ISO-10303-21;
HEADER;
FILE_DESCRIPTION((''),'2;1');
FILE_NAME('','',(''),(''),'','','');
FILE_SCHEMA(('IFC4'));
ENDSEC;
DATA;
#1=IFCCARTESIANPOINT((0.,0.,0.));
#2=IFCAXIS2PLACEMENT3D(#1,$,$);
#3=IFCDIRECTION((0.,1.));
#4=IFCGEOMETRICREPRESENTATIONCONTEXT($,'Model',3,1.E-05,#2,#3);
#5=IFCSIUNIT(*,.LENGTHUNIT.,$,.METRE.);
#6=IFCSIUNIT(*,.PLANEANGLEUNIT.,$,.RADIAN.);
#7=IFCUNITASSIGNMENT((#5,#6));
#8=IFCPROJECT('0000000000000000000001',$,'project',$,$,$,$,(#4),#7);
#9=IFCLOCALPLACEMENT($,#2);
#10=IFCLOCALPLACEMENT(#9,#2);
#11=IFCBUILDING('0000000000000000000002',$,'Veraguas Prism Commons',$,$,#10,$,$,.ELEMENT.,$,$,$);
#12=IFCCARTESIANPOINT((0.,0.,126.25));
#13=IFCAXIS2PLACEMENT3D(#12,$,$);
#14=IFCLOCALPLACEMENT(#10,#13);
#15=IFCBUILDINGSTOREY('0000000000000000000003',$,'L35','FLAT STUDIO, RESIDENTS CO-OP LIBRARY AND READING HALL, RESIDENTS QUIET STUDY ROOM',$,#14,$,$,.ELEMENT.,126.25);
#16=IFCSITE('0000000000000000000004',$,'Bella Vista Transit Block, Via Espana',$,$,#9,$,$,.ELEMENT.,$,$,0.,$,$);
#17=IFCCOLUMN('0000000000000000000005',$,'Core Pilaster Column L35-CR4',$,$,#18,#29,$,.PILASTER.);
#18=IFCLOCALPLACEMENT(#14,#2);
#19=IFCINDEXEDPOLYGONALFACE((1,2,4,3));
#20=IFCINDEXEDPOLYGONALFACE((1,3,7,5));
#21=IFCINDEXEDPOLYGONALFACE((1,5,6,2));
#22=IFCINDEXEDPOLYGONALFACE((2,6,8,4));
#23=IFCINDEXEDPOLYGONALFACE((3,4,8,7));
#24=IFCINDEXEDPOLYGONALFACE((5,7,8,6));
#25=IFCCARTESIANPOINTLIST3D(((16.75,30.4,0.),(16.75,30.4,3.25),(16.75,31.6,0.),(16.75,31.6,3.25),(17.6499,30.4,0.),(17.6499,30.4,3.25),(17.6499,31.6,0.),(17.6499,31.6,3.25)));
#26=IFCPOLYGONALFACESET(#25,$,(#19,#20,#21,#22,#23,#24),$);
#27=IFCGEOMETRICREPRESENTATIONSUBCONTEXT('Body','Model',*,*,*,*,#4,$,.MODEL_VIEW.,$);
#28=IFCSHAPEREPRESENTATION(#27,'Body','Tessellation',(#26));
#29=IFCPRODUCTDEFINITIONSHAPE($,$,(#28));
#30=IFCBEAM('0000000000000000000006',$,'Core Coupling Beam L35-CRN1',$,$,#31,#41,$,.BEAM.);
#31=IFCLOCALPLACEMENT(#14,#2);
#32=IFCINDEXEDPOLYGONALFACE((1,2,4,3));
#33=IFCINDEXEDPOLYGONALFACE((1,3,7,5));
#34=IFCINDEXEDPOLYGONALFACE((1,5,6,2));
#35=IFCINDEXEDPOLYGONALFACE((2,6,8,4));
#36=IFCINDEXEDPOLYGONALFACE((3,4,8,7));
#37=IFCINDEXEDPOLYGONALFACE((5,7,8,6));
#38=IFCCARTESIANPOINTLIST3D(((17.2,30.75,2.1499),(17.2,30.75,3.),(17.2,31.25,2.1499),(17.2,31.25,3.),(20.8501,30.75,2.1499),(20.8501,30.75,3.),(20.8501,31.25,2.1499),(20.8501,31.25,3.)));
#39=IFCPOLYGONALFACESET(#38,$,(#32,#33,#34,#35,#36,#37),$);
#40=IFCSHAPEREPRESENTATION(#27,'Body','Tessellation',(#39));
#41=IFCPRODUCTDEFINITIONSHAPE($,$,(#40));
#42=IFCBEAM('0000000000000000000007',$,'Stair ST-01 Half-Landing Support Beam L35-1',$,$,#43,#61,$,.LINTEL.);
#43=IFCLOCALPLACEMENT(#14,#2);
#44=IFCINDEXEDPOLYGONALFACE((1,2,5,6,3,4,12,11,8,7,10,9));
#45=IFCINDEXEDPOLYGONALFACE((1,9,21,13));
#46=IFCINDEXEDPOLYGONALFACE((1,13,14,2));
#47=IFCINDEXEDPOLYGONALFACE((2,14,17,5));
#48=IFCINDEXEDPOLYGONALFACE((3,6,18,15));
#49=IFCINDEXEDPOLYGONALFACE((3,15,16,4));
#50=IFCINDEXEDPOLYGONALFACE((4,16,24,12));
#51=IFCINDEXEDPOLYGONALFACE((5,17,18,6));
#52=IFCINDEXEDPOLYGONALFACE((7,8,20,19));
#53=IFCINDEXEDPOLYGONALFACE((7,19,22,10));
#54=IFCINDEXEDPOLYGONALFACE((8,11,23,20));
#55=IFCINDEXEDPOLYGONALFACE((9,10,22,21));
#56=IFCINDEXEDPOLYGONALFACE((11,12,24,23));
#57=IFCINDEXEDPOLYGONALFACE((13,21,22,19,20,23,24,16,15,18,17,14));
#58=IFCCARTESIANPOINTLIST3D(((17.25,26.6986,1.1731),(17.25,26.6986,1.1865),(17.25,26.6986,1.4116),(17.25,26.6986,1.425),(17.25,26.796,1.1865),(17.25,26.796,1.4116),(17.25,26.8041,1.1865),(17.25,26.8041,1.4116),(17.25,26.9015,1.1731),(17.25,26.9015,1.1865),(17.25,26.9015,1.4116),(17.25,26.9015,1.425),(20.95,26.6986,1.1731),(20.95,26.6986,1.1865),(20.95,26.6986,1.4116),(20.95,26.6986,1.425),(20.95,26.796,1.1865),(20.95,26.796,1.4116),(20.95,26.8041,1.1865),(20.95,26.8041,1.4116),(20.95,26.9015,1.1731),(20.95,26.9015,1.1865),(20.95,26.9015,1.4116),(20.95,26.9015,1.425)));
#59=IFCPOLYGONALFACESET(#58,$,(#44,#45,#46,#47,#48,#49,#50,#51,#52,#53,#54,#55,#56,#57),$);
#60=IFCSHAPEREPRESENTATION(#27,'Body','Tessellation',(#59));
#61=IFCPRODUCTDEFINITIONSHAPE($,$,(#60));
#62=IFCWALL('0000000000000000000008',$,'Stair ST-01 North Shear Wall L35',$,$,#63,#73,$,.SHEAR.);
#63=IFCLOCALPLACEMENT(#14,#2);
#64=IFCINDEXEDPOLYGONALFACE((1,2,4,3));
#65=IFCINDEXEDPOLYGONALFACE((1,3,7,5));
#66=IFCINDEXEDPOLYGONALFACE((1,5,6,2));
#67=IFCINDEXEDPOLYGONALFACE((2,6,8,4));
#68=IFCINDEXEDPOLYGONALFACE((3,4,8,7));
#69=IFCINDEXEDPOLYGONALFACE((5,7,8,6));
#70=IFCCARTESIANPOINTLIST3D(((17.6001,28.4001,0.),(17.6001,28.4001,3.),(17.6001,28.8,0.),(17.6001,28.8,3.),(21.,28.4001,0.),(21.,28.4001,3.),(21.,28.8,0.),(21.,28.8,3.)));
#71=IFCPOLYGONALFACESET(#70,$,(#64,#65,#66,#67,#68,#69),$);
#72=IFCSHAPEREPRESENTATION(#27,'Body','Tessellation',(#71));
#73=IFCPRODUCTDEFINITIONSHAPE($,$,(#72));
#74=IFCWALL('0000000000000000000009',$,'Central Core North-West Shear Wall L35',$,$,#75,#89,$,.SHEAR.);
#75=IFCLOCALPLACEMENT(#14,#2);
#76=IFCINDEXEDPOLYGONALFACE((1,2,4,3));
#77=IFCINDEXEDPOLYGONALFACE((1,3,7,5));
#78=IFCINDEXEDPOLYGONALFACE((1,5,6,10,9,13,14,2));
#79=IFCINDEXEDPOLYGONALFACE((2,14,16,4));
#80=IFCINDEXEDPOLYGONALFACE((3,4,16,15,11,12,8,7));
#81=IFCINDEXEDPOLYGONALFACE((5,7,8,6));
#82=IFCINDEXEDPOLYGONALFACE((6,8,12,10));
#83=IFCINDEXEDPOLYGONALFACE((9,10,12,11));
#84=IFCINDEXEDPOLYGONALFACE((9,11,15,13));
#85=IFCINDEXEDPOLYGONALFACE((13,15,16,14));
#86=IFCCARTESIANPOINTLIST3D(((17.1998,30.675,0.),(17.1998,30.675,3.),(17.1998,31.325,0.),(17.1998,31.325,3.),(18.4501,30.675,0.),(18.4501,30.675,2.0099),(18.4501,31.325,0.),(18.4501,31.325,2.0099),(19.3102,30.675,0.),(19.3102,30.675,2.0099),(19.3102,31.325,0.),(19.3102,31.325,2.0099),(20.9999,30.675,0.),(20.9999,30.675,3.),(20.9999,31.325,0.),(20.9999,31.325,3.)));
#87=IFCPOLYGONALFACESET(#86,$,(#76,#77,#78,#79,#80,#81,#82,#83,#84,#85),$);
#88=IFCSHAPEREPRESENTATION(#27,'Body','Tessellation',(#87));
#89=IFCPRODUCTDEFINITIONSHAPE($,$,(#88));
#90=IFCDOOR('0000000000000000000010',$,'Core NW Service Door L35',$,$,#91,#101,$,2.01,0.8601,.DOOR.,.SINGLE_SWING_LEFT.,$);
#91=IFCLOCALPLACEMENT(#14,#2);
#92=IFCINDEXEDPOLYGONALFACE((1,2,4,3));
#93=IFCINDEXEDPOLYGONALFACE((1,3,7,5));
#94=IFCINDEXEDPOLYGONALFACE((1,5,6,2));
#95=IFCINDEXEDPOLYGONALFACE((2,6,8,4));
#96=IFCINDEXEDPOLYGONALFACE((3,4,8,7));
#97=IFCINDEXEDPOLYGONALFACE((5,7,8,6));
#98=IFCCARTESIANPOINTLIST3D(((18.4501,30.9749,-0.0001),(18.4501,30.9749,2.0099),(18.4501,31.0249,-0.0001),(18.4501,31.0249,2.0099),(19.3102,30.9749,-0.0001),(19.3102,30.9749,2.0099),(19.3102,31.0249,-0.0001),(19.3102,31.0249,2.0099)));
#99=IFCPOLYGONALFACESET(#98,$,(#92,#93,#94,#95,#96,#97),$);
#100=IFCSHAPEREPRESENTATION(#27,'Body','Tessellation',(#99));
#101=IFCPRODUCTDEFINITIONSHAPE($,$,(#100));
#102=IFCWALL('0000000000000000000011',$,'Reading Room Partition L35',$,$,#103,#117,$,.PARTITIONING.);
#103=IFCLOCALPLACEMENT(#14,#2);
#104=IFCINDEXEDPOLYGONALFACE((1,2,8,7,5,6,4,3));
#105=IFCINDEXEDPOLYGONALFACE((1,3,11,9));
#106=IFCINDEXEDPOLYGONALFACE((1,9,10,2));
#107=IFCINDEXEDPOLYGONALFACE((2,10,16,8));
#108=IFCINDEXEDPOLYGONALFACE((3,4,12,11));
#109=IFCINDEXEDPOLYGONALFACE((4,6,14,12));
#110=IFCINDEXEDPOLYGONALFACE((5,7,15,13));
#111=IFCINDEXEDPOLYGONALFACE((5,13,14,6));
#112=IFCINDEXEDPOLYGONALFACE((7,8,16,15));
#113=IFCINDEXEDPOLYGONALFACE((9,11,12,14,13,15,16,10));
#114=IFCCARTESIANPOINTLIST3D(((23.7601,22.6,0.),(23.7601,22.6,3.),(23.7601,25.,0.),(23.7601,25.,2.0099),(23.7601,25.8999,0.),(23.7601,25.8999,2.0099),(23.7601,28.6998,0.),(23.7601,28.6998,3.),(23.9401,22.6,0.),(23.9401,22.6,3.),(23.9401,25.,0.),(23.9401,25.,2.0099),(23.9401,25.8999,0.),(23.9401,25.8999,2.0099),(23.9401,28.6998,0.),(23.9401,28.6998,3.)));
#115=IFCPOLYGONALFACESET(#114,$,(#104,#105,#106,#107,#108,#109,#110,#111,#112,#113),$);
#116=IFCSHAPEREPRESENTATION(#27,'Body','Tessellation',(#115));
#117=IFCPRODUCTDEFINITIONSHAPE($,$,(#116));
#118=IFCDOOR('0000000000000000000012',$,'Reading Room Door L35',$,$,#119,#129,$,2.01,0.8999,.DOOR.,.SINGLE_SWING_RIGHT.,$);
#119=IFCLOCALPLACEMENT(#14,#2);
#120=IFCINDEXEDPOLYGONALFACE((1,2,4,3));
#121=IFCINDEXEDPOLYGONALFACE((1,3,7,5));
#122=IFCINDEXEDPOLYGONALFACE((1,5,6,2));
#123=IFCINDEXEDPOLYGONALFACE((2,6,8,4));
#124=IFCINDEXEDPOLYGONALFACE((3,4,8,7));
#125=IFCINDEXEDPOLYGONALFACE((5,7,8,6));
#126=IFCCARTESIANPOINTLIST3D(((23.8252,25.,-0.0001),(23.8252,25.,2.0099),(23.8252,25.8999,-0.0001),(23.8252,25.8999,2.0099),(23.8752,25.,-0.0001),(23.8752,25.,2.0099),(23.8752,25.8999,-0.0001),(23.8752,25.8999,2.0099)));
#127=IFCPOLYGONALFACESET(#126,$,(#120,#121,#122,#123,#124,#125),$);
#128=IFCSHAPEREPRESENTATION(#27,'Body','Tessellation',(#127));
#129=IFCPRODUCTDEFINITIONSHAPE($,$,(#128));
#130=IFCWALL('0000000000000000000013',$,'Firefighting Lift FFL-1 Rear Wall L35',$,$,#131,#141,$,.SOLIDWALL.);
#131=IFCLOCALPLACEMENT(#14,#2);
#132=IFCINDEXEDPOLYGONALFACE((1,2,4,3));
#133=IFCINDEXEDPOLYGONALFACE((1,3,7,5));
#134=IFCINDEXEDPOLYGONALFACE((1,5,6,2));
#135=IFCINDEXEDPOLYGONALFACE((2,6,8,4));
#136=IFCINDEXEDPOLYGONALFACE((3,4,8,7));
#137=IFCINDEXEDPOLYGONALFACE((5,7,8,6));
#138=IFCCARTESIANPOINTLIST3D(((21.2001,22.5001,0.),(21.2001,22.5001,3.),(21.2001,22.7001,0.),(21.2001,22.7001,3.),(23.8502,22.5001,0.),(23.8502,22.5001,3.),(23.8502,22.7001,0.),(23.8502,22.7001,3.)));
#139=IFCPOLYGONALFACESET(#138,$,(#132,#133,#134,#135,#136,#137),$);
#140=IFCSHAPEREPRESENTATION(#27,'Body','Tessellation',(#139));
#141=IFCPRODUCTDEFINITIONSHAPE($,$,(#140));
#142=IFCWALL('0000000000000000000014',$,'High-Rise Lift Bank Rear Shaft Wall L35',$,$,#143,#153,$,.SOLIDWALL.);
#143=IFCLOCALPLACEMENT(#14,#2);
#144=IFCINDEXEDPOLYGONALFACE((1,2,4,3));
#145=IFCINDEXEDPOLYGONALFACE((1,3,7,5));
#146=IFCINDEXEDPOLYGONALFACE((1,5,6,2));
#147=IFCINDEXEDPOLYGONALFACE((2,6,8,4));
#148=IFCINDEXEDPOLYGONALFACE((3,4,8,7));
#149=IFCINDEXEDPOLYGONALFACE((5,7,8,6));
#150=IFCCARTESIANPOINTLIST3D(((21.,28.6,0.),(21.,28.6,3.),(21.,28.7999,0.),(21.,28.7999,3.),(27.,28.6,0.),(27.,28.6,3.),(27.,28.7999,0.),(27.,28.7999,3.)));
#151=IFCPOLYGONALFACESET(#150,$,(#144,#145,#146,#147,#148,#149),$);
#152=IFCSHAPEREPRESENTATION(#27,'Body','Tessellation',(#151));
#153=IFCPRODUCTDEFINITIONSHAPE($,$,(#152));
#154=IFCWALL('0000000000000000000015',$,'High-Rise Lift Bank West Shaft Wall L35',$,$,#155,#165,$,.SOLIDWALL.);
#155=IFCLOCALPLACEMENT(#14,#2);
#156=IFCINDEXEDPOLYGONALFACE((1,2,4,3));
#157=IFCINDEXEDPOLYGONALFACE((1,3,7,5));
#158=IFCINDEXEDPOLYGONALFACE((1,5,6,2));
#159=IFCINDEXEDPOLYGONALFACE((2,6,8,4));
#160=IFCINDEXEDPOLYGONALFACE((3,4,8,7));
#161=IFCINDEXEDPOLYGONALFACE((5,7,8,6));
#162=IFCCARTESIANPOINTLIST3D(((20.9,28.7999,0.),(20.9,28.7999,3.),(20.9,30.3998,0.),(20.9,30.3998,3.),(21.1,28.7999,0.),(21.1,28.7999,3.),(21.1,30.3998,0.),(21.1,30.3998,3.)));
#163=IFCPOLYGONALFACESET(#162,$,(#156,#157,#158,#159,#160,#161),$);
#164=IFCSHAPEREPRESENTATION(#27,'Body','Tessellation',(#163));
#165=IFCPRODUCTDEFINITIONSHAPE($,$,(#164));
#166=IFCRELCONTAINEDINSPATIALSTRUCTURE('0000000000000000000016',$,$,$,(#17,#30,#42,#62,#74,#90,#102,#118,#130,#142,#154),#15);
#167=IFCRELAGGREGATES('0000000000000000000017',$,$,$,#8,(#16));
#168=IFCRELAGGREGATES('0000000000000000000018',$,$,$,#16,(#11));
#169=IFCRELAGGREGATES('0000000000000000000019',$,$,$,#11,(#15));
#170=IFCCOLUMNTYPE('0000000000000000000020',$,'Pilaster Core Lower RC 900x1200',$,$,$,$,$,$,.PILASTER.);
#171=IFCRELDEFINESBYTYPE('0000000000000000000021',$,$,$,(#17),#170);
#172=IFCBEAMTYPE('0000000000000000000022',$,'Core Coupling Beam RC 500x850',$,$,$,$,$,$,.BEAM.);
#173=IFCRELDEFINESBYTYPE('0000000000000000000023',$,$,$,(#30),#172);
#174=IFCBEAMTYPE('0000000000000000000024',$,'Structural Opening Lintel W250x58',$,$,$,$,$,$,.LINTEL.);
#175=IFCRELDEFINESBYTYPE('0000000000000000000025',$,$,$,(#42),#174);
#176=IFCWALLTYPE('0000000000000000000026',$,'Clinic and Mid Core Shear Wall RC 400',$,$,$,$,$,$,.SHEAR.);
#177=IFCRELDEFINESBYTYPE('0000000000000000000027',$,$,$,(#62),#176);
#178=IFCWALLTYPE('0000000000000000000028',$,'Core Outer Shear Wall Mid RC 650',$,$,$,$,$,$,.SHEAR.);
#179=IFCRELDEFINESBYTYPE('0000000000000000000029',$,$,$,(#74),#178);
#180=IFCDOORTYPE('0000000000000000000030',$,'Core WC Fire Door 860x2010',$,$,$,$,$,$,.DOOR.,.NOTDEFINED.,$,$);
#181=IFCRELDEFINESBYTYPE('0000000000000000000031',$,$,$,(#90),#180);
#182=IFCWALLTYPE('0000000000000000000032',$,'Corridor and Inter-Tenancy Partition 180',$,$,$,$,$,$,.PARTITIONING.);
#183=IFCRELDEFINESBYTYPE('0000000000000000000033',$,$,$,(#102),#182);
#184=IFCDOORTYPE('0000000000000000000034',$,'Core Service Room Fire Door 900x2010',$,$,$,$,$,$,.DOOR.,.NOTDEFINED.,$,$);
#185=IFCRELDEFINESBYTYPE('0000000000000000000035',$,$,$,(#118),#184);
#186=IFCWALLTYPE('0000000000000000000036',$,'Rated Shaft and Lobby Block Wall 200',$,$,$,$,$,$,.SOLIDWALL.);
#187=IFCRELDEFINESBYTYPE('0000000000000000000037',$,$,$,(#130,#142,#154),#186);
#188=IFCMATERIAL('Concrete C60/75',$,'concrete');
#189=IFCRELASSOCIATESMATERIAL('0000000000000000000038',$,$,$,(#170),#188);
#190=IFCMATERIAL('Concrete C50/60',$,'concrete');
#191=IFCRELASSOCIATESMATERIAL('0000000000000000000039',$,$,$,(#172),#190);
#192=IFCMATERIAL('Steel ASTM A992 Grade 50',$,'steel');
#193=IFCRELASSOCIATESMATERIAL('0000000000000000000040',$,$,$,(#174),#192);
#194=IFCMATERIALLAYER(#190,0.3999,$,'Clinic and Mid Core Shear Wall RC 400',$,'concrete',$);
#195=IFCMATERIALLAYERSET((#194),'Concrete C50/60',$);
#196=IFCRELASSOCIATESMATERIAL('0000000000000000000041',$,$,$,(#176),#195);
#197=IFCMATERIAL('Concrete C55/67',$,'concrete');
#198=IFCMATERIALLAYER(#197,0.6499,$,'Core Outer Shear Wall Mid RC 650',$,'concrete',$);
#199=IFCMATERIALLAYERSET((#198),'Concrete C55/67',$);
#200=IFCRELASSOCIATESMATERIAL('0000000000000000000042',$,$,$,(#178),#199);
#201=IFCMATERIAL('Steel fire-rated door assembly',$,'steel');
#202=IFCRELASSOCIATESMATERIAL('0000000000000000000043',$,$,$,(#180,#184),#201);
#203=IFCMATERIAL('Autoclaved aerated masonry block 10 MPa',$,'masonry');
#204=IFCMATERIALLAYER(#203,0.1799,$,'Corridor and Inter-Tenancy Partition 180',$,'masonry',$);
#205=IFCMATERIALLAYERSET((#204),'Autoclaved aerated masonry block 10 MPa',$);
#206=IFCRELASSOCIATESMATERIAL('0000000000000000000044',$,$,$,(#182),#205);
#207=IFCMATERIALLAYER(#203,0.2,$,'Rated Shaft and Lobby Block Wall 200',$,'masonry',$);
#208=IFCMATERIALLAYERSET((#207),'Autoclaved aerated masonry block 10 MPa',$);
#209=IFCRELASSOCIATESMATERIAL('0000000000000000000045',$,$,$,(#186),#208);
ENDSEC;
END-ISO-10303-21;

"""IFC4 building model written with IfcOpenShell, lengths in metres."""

from ifc_helpers import new_model, si_unit, direction, frame, frame_2d, origin, origin_2d, place, context, subcontext, project, spatial, rectangle, i_section, extrude, source, transform, mapped, material, layer, layer_set, material_profile, profile_set, type_object, element, fill, save


model = new_model("IFC4")

# Units and contexts
model_context = context("Model", 3, precision=1e-05, world=origin(), true_north=direction((0.0, 1.0)))
body_context = subcontext(model_context, "Body", "Model", "MODEL_VIEW")
ifc_project = project(units=[si_unit("LENGTHUNIT", "METRE"), si_unit("PLANEANGLEUNIT", "RADIAN")], contexts=[model_context])

# Site, building, storey
site_placement = place(None, origin())
site = spatial("IfcSite", under=ifc_project, at=site_placement, Name="Bella Vista Transit Block, Via Espana", CompositionType="ELEMENT", RefElevation=0.0)
building_placement = place(site_placement, origin())
building = spatial("IfcBuilding", under=site, at=building_placement, Name="Veraguas Prism Commons", CompositionType="ELEMENT")
storey_placement = place(building_placement, frame((0.0, 0.0, 126.25)))
storey = spatial("IfcBuildingStorey", under=building, at=storey_placement, Name="L35", Description="FLAT STUDIO, RESIDENTS CO-OP LIBRARY AND READING HALL, RESIDENTS QUIET STUDY ROOM", CompositionType="ELEMENT", Elevation=126.25)

# Column
ifc_material_1 = material(Name="Concrete C60/75", Category="concrete")
ifc_material_profile_1 = material_profile(ifc_material_1, rectangle(XDim=0.8999, YDim=1.2, at=origin_2d()), Name="RC900X1200")
ifc_profile_set_1 = profile_set([ifc_material_profile_1], Name="Concrete C60/75")
column_type = type_object("IfcColumnType", Name="Pilaster Core Lower RC 900x1200", PredefinedType="PILASTER", material=ifc_profile_set_1)
column_placement = place(storey_placement, frame((17.2, 31.0, 0.0), z_axis=(0.0, 0.0, 1.0), x_axis=(1.0, 0.0, 0.0)))
element("IfcColumn", 1, at=column_placement, inside=storey, type_object=column_type, Name="Core Pilaster Column L35-CR4", PredefinedType="PILASTER", context=body_context, shape_type="SweptSolid", body=[
    extrude(rectangle(XDim=0.8999, YDim=1.2, at=origin_2d()), origin(), (0.0, 0.0, 1.0), 3.25),
])

# Beams
ifc_material_2 = material(Name="Concrete C50/60", Category="concrete")
ifc_material_profile_2 = material_profile(ifc_material_2, rectangle(XDim=0.5, YDim=0.8501, at=origin_2d()), Name="RC500X850")
ifc_profile_set_2 = profile_set([ifc_material_profile_2], Name="Concrete C50/60")
beam_type_1 = type_object("IfcBeamType", Name="Core Coupling Beam RC 500x850", PredefinedType="BEAM", material=ifc_profile_set_2)
beam_1_placement = place(storey_placement, frame((17.2, 31.0, 2.575), z_axis=(1.0, 0.0, 0.0), x_axis=(0.0, 1.0, 0.0)))
element("IfcBeam", 2, at=beam_1_placement, inside=storey, type_object=beam_type_1, Name="Core Coupling Beam L35-CRN1", PredefinedType="BEAM", context=body_context, shape_type="SweptSolid", body=[
    extrude(rectangle(XDim=0.5, YDim=0.8501, at=origin_2d()), origin(), (0.0, 0.0, 1.0), 3.6501),
])
ifc_material_3 = material(Name="Steel ASTM A992 Grade 50", Category="steel")
ifc_material_profile_3 = material_profile(ifc_material_3, i_section(OverallWidth=0.2029, OverallDepth=0.252, WebThickness=0.0081, FlangeThickness=0.0134, at=origin_2d()), Name="W250X58")
ifc_profile_set_3 = profile_set([ifc_material_profile_3], Name="Steel ASTM A992 Grade 50")
beam_type_2 = type_object("IfcBeamType", Name="Structural Opening Lintel W250x58", PredefinedType="LINTEL", material=ifc_profile_set_3)
beam_2_placement = place(storey_placement, frame((17.25, 26.8, 1.2991), z_axis=(1.0, 0.0, 0.0), x_axis=(0.0, 1.0, 0.0)))
element("IfcBeam", 3, at=beam_2_placement, inside=storey, type_object=beam_type_2, Name="Stair ST-01 Half-Landing Support Beam L35-1", PredefinedType="LINTEL", context=body_context, shape_type="SweptSolid", body=[
    extrude(i_section(OverallWidth=0.2029, OverallDepth=0.252, WebThickness=0.0081, FlangeThickness=0.0134, at=origin_2d()), origin(), (0.0, 0.0, 1.0), 3.7),
])

# Wall
ifc_layer_1 = layer(ifc_material_2, 0.3999, Name="Clinic and Mid Core Shear Wall RC 400", Category="concrete")
ifc_layer_set_1 = layer_set([ifc_layer_1], Name="Concrete C50/60")
wall_type_1 = type_object("IfcWallType", Name="Clinic and Mid Core Shear Wall RC 400", PredefinedType="SHEAR", material=ifc_layer_set_1)
wall_1_placement = place(storey_placement, frame((17.6001, 28.6001, 0.0), z_axis=(0.0, 0.0, 1.0), x_axis=(1.0, 0.0, 0.0)))
element("IfcWall", 4, at=wall_1_placement, inside=storey, type_object=wall_type_1, Name="Stair ST-01 North Shear Wall L35", PredefinedType="SHEAR", context=body_context, shape_type="SweptSolid", body=[
    extrude(rectangle(XDim=3.3999, YDim=0.3999, at=frame_2d((1.7, 0.0))), origin(), (0.0, 0.0, 1.0), 3.0),
])

# Walls, openings, doors
ifc_material_4 = material(Name="Concrete C55/67", Category="concrete")
ifc_layer_2 = layer(ifc_material_4, 0.6499, Name="Core Outer Shear Wall Mid RC 650", Category="concrete")
ifc_layer_set_2 = layer_set([ifc_layer_2], Name="Concrete C55/67")
wall_type_2 = type_object("IfcWallType", Name="Core Outer Shear Wall Mid RC 650", PredefinedType="SHEAR", material=ifc_layer_set_2)
wall_2_placement = place(storey_placement, frame((17.2, 31.0, 0.0), z_axis=(0.0, 0.0, 1.0), x_axis=(1.0, 0.0, 0.0)))
wall_2 = element("IfcWall", 5, at=wall_2_placement, inside=storey, type_object=wall_type_2, Name="Central Core North-West Shear Wall L35", PredefinedType="SHEAR", context=body_context, shape_type="SweptSolid", body=[
    extrude(rectangle(XDim=3.8, YDim=0.6499, at=frame_2d((1.8999, 0.0))), origin(), (0.0, 0.0, 1.0), 3.0),
])
opening_1_placement = place(wall_2_placement, frame((1.25, 0.0, 0.0)))
opening_1 = element("IfcOpeningElement", 6, at=opening_1_placement, cuts=wall_2, PredefinedType="OPENING", context=body_context, shape_type="SweptSolid", body=[
    extrude(rectangle(XDim=0.8601, YDim=2.01, at=frame_2d((0.4302, 1.0049))), frame((0.0, 0.335, 0.0), z_axis=(0.0, -1.0, 0.0), x_axis=(1.0, 0.0, 0.0)), (0.0, 0.0, 1.0), 0.6699),
])
ifc_material_5 = material(Name="Steel fire-rated door assembly", Category="steel")
door_type_1 = type_object("IfcDoorType", Name="Core WC Fire Door 860x2010", OperationType="NOTDEFINED", PredefinedType="DOOR", material=ifc_material_5)
shared_shape_1 = source(origin(), body_context, "Body", "SweptSolid", [
    extrude(rectangle(XDim=0.8601, YDim=2.01, at=frame_2d((0.4302, 1.0049))), frame((0.0, 0.0249, 0.0), z_axis=(0.0, -1.0, 0.0), x_axis=(1.0, 0.0, 0.0)), (0.0, 0.0, 1.0), 0.05),
])
door_1_placement = place(opening_1_placement, origin())
door_1 = element("IfcDoor", 7, at=door_1_placement, inside=storey, type_object=door_type_1, Name="Core NW Service Door L35", OperationType="SINGLE_SWING_LEFT", OverallHeight=2.01, OverallWidth=0.8601, PredefinedType="DOOR", context=body_context, shape_type="MappedRepresentation", body=[
    mapped(shared_shape_1, transform((0.0, 0.0, 0.0), scale=1.0)),
])
fill(opening_1, door_1)
ifc_material_6 = material(Name="Autoclaved aerated masonry block 10 MPa", Category="masonry")
ifc_layer_3 = layer(ifc_material_6, 0.1799, Name="Corridor and Inter-Tenancy Partition 180", Category="masonry")
ifc_layer_set_3 = layer_set([ifc_layer_3], Name="Autoclaved aerated masonry block 10 MPa")
wall_type_3 = type_object("IfcWallType", Name="Corridor and Inter-Tenancy Partition 180", PredefinedType="PARTITIONING", material=ifc_layer_set_3)
wall_3_placement = place(storey_placement, frame((23.8501, 22.6001, 0.0), z_axis=(0.0, 0.0, 1.0), x_axis=(0.0, 1.0, 0.0)))
wall_3 = element("IfcWall", 8, at=wall_3_placement, inside=storey, type_object=wall_type_3, Name="Reading Room Partition L35", PredefinedType="PARTITIONING", context=body_context, shape_type="SweptSolid", body=[
    extrude(rectangle(XDim=6.0999, YDim=0.1799, at=frame_2d((3.0498, 0.0))), origin(), (0.0, 0.0, 1.0), 3.0),
])
opening_2_placement = place(wall_3_placement, frame((2.3999, 0.0, 0.0)))
opening_2 = element("IfcOpeningElement", 9, at=opening_2_placement, cuts=wall_3, PredefinedType="OPENING", context=body_context, shape_type="SweptSolid", body=[
    extrude(rectangle(XDim=0.8999, YDim=2.01, at=frame_2d((0.45, 1.0049))), frame((0.0, 0.0999, 0.0), z_axis=(0.0, -1.0, 0.0), x_axis=(1.0, 0.0, 0.0)), (0.0, 0.0, 1.0), 0.2),
])
door_type_2 = type_object("IfcDoorType", Name="Core Service Room Fire Door 900x2010", OperationType="NOTDEFINED", PredefinedType="DOOR", material=ifc_material_5)
shared_shape_2 = source(origin(), body_context, "Body", "SweptSolid", [
    extrude(rectangle(XDim=0.8999, YDim=2.01, at=frame_2d((0.45, 1.0049))), frame((0.0, 0.0249, 0.0), z_axis=(0.0, -1.0, 0.0), x_axis=(1.0, 0.0, 0.0)), (0.0, 0.0, 1.0), 0.05),
])
door_2_placement = place(opening_2_placement, origin())
door_2 = element("IfcDoor", 10, at=door_2_placement, inside=storey, type_object=door_type_2, Name="Reading Room Door L35", OperationType="SINGLE_SWING_RIGHT", OverallHeight=2.01, OverallWidth=0.8999, PredefinedType="DOOR", context=body_context, shape_type="MappedRepresentation", body=[
    mapped(shared_shape_2, transform((0.0, 0.0, 0.0), scale=1.0)),
])
fill(opening_2, door_2)

# Walls
ifc_layer_4 = layer(ifc_material_6, 0.2, Name="Rated Shaft and Lobby Block Wall 200", Category="masonry")
ifc_layer_set_4 = layer_set([ifc_layer_4], Name="Autoclaved aerated masonry block 10 MPa")
wall_type_4 = type_object("IfcWallType", Name="Rated Shaft and Lobby Block Wall 200", PredefinedType="SOLIDWALL", material=ifc_layer_set_4)
wall_4_placement = place(storey_placement, frame((21.2, 22.6001, 0.0), z_axis=(0.0, 0.0, 1.0), x_axis=(1.0, 0.0, 0.0)))
element("IfcWall", 11, at=wall_4_placement, inside=storey, type_object=wall_type_4, Name="Firefighting Lift FFL-1 Rear Wall L35", PredefinedType="SOLIDWALL", context=body_context, shape_type="SweptSolid", body=[
    extrude(rectangle(XDim=2.6501, YDim=0.2, at=frame_2d((1.3252, 0.0))), origin(), (0.0, 0.0, 1.0), 3.0),
])
wall_5_placement = place(storey_placement, frame((21.0, 28.7, 0.0), z_axis=(0.0, 0.0, 1.0), x_axis=(1.0, 0.0, 0.0)))
element("IfcWall", 12, at=wall_5_placement, inside=storey, type_object=wall_type_4, Name="High-Rise Lift Bank Rear Shaft Wall L35", PredefinedType="SOLIDWALL", context=body_context, shape_type="SweptSolid", body=[
    extrude(rectangle(XDim=6.0, YDim=0.2, at=frame_2d((3.0, 0.0))), origin(), (0.0, 0.0, 1.0), 3.0),
])
wall_6_placement = place(storey_placement, frame((21.0, 28.8, 0.0), z_axis=(0.0, 0.0, 1.0), x_axis=(0.0, 1.0, 0.0)))
element("IfcWall", 13, at=wall_6_placement, inside=storey, type_object=wall_type_4, Name="High-Rise Lift Bank West Shaft Wall L35", PredefinedType="SOLIDWALL", context=body_context, shape_type="SweptSolid", body=[
    extrude(rectangle(XDim=1.5999, YDim=0.2, at=frame_2d((0.7998, 0.0))), origin(), (0.0, 0.0, 1.0), 3.0),
])

save(model, "model.ifc")
